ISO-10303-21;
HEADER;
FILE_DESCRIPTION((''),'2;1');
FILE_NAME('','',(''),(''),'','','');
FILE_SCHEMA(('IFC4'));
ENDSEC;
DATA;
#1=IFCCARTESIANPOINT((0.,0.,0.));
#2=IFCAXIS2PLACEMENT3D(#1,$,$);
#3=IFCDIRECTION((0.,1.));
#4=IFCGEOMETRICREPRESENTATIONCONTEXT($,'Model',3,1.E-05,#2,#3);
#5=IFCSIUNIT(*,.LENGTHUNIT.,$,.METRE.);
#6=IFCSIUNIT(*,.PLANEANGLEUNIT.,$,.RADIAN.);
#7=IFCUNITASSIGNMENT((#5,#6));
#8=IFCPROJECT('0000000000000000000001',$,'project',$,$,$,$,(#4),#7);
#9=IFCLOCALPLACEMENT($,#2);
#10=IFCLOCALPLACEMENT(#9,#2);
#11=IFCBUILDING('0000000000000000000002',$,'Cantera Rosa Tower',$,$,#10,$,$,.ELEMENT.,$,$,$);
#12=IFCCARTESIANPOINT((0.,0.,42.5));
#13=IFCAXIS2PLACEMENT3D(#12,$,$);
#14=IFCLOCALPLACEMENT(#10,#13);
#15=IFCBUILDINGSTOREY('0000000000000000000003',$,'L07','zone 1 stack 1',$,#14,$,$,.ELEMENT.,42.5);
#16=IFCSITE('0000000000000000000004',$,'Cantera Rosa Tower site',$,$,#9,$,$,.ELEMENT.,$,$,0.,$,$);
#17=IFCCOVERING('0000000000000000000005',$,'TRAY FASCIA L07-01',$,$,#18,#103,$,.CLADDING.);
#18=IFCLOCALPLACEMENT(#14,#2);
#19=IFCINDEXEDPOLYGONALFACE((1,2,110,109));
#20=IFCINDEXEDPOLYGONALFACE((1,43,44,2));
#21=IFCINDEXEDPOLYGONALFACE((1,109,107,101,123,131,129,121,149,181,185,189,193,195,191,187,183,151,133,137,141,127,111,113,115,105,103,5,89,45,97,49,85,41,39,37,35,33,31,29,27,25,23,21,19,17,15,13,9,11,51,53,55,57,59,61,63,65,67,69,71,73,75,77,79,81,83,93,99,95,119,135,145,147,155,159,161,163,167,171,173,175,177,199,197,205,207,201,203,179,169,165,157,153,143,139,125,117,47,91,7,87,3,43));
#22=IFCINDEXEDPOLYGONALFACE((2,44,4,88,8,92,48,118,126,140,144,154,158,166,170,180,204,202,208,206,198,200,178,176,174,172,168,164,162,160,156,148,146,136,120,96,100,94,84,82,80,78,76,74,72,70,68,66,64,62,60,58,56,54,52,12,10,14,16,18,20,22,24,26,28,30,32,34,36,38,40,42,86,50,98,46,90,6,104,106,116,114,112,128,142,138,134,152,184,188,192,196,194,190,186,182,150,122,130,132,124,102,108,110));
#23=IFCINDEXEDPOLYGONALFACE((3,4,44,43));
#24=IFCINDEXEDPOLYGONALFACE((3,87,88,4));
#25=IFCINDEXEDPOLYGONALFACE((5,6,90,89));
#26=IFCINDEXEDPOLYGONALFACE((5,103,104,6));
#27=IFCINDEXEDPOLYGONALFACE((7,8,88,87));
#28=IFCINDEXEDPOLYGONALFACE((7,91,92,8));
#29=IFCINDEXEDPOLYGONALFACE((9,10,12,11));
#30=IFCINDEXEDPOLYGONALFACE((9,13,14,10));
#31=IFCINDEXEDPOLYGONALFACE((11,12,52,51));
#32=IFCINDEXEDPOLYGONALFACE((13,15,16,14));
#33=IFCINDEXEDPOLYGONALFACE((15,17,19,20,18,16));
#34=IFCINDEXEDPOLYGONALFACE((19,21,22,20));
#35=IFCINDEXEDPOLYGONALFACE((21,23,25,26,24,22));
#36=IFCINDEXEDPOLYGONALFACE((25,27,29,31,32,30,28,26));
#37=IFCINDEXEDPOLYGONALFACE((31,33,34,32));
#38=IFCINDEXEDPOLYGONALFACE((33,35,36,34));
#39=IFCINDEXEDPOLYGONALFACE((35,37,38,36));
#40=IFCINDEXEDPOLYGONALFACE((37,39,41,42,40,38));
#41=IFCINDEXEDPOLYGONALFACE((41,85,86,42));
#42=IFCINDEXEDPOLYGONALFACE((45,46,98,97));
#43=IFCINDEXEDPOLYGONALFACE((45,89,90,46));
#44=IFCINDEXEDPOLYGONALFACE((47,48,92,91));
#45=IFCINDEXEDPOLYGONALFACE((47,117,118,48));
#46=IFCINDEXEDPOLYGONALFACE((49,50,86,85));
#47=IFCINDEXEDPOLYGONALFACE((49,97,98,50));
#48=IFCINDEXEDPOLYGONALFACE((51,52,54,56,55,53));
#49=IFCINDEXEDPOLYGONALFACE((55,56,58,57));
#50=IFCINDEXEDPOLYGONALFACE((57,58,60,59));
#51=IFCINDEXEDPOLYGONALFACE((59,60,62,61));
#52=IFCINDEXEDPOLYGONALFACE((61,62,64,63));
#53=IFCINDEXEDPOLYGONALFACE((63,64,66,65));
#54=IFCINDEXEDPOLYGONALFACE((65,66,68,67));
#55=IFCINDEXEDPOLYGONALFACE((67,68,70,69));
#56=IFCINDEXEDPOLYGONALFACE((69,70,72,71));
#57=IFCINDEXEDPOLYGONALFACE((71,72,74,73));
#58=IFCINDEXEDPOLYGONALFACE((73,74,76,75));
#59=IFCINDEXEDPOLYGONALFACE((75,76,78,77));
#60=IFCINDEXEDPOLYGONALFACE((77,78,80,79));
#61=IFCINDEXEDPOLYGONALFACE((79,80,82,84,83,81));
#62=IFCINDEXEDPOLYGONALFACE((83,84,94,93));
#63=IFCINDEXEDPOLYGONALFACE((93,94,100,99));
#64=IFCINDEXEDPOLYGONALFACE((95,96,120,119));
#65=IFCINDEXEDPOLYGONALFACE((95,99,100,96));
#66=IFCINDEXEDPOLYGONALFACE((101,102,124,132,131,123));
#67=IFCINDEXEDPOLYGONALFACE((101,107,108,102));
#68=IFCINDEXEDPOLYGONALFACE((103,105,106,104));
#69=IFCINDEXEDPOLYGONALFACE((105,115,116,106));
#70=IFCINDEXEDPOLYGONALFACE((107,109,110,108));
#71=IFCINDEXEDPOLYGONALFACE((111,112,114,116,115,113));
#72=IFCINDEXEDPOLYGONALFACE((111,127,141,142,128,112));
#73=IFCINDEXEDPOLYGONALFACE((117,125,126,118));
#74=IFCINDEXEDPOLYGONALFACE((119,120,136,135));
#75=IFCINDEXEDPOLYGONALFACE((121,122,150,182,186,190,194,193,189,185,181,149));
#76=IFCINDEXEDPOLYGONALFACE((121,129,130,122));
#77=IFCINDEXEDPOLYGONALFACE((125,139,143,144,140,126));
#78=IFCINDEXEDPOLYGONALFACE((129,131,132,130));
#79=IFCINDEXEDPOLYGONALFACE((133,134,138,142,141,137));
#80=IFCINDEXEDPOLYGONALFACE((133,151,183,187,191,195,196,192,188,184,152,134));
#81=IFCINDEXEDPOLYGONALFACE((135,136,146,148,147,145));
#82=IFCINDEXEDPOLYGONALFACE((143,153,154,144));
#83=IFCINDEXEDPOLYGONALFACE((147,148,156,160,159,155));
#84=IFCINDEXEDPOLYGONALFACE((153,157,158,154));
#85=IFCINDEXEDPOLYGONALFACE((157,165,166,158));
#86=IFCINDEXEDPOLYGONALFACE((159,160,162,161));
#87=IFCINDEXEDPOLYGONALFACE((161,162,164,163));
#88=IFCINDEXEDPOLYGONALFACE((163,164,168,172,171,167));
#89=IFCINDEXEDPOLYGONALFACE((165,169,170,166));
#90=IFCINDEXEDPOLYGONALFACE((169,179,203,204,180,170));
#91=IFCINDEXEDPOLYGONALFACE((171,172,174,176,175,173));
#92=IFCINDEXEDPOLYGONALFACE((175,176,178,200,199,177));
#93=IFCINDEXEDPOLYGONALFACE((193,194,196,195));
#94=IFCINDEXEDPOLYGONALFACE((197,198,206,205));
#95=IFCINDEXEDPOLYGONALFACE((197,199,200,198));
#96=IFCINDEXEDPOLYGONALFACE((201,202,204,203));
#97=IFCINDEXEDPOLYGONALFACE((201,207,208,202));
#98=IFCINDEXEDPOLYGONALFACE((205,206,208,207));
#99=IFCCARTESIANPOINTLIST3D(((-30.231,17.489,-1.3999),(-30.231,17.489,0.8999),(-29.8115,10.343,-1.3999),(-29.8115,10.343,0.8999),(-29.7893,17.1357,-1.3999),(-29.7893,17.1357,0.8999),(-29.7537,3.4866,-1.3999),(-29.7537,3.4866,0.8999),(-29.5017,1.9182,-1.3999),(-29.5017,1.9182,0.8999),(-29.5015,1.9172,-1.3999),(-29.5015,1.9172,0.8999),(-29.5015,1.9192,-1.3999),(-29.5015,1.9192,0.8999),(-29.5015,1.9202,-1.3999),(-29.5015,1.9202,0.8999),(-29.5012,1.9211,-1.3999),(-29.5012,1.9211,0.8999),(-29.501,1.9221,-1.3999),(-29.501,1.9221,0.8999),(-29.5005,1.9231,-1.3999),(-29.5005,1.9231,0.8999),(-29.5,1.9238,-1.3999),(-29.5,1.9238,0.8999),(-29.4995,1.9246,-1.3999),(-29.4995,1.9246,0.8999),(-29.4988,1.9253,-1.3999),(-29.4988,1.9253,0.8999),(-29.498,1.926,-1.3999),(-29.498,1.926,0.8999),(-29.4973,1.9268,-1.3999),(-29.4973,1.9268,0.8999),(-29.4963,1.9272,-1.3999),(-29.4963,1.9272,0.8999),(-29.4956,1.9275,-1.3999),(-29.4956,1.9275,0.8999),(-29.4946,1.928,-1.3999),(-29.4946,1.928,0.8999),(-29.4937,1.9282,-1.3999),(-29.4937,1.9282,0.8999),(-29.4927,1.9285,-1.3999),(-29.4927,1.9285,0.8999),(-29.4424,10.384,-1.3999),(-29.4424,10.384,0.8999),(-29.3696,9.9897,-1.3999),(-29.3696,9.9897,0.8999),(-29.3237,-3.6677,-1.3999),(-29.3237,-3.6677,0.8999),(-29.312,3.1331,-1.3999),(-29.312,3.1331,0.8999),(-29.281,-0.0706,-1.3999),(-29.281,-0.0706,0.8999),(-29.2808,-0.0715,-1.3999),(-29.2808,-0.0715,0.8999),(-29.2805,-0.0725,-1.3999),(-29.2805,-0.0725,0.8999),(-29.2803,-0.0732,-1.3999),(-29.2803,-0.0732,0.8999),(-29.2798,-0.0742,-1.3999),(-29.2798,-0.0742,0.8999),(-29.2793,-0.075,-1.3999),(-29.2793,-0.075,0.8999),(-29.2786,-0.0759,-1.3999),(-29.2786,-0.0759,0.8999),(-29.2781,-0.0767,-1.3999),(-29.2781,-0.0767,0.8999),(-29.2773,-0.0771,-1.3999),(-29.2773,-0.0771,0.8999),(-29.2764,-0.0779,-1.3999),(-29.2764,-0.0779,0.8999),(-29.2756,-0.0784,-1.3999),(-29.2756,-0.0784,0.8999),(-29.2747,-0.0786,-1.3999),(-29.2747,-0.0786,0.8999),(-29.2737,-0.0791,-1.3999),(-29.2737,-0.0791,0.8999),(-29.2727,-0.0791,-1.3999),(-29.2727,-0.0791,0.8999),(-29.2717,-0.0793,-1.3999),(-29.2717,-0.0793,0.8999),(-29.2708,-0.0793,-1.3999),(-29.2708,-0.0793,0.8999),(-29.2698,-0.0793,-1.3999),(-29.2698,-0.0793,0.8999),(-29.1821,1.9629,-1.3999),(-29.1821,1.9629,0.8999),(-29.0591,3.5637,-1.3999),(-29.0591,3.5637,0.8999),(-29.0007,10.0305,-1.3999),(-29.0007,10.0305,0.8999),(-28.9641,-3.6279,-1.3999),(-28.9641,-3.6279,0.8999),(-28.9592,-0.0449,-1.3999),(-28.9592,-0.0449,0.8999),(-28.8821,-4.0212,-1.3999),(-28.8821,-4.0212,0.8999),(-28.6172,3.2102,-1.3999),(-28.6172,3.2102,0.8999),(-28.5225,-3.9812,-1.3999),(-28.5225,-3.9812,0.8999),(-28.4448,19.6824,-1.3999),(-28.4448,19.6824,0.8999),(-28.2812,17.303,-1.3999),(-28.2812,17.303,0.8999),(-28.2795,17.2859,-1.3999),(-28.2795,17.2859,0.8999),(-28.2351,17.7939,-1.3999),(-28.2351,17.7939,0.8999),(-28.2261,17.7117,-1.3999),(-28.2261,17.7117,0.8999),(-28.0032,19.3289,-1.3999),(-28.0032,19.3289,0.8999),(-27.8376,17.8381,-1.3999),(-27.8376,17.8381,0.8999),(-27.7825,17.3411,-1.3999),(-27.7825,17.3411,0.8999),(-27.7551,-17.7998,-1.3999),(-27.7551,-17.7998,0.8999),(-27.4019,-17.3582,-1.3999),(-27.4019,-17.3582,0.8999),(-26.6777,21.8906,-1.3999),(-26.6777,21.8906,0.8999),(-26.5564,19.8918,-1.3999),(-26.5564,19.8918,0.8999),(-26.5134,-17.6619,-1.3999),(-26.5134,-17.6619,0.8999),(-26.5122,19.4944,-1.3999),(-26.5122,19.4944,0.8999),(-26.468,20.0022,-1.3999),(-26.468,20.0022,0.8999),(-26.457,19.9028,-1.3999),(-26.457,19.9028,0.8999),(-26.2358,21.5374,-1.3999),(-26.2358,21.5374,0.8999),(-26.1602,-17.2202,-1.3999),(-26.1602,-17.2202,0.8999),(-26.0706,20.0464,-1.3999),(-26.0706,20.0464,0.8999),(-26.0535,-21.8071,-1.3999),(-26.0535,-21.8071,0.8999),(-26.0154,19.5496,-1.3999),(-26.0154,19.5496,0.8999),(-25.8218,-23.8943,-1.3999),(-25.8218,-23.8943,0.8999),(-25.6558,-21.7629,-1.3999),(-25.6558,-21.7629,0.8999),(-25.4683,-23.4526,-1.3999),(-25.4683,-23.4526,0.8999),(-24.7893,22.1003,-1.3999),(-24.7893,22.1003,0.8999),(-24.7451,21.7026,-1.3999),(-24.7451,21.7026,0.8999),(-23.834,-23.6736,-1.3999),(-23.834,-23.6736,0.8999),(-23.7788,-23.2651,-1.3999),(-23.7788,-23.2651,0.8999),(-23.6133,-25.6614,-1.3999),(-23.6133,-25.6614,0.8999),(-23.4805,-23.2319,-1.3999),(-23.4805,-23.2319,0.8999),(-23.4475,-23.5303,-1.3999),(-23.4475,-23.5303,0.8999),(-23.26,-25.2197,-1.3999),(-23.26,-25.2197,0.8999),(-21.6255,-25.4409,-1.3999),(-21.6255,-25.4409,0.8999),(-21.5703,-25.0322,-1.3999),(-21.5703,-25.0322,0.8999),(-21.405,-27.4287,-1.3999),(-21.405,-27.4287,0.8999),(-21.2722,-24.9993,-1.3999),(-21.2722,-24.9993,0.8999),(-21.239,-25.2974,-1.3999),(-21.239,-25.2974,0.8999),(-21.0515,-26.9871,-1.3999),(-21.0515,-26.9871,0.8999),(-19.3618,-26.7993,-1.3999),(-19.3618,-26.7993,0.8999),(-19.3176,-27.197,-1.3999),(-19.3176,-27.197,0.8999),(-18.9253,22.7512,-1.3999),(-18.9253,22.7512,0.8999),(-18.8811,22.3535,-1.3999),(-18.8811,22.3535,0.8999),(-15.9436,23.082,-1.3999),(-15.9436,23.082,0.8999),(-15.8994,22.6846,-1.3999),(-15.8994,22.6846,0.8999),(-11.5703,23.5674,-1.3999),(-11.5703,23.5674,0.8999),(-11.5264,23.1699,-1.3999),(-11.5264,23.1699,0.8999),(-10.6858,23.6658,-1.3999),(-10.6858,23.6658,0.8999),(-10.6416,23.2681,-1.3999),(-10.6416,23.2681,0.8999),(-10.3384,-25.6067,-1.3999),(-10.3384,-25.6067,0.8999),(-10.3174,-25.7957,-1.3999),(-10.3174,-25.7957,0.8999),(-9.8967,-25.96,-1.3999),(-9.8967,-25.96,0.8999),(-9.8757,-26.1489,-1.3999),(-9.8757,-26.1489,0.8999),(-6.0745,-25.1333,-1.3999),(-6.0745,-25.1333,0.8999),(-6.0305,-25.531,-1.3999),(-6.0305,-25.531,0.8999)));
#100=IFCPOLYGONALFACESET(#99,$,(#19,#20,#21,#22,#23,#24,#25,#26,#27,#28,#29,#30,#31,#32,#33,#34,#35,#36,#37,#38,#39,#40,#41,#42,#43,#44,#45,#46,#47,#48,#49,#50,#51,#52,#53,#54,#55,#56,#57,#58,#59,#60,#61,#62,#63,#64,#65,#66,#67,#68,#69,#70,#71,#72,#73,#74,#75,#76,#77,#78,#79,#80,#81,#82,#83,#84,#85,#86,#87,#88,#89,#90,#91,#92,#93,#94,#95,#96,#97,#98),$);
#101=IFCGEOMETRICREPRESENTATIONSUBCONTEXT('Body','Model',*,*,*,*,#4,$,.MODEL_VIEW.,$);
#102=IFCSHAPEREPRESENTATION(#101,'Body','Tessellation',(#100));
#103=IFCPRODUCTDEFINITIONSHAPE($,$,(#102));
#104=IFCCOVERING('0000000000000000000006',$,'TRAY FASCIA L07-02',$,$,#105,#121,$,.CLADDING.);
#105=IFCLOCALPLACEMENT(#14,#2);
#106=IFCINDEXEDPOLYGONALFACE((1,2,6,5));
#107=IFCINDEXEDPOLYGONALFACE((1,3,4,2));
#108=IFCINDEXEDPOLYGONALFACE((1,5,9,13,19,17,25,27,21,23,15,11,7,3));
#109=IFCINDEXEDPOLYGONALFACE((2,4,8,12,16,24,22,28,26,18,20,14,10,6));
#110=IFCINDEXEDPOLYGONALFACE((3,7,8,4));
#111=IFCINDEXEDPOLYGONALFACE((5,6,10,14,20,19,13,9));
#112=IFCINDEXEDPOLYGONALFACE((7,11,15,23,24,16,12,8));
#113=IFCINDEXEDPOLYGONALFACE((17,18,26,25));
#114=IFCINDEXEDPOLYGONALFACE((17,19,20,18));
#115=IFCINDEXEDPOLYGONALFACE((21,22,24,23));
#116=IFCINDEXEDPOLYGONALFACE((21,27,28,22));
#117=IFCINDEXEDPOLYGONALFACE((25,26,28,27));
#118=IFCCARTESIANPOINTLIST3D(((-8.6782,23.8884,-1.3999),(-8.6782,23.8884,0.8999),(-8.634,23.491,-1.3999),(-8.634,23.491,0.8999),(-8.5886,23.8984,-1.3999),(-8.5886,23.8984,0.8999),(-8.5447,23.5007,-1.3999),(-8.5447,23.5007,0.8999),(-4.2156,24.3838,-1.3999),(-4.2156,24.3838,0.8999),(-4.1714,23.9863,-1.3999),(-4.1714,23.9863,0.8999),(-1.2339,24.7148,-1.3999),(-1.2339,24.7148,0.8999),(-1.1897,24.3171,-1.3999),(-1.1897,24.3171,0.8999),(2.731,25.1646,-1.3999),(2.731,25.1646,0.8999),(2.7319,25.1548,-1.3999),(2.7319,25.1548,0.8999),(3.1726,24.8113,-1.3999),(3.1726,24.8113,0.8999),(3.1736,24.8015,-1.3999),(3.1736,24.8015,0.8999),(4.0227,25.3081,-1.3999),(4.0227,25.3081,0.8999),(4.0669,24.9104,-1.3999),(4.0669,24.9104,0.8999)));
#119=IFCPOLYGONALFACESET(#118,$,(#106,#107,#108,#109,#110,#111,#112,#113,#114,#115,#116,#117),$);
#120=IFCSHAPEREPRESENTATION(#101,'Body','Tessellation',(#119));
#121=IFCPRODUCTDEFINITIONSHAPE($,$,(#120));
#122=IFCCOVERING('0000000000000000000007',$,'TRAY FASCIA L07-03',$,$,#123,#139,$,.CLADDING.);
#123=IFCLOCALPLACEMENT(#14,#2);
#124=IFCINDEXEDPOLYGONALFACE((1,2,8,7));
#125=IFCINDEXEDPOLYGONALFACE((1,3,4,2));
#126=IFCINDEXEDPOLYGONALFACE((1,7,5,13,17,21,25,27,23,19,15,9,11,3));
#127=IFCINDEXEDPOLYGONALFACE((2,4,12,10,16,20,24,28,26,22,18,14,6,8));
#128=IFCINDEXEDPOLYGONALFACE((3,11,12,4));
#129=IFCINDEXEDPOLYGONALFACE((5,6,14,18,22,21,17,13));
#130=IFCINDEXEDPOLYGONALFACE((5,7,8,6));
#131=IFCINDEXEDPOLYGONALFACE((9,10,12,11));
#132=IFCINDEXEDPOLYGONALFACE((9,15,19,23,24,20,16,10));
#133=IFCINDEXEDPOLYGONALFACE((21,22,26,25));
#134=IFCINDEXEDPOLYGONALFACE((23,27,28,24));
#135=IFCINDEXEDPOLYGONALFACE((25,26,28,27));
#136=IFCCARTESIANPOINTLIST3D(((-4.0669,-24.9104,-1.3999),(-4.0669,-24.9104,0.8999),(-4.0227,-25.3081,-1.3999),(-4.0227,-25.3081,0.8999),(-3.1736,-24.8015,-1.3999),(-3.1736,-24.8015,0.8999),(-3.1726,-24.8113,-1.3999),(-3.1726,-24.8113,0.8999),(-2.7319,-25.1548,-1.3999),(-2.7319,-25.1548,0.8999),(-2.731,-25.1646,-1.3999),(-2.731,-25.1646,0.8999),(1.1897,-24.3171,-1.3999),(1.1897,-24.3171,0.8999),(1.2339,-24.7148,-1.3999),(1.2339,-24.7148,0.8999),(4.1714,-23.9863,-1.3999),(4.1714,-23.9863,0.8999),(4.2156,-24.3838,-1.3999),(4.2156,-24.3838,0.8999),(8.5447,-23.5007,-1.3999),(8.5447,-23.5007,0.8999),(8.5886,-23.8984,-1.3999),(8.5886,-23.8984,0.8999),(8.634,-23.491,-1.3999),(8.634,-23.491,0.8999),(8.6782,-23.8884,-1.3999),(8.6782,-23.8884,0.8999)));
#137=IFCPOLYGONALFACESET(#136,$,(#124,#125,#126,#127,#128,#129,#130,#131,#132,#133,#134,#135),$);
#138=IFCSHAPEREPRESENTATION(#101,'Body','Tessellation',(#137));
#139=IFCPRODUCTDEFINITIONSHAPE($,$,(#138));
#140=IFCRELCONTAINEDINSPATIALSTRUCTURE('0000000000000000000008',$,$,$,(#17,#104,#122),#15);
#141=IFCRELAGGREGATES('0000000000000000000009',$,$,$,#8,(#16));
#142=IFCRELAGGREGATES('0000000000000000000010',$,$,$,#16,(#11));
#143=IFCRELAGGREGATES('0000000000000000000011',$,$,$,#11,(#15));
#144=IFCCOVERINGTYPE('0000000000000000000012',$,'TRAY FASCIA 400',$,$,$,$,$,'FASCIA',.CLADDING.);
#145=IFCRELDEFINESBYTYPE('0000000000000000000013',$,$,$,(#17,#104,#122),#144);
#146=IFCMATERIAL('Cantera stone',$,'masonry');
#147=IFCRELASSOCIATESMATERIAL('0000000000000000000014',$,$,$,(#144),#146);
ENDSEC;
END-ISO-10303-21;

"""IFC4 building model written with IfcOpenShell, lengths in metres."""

from ifc_helpers import new_model, si_unit, direction, frame, origin, place, context, subcontext, project, spatial, polyline, outline, extrude, material, type_object, element, save


model = new_model("IFC4")

# Units and contexts
model_context = context("Model", 3, precision=1e-05, world=origin(), true_north=direction((0.0, 1.0)))
body_context = subcontext(model_context, "Body", "Model", "MODEL_VIEW")
ifc_project = project(units=[si_unit("LENGTHUNIT", "METRE"), si_unit("PLANEANGLEUNIT", "RADIAN")], contexts=[model_context])

# Site, building, storey
site_placement = place(None, origin())
site = spatial("IfcSite", under=ifc_project, at=site_placement, Name="Cantera Rosa Tower site", CompositionType="ELEMENT", RefElevation=0.0)
building_placement = place(site_placement, origin())
building = spatial("IfcBuilding", under=site, at=building_placement, Name="Cantera Rosa Tower", CompositionType="ELEMENT")
storey_placement = place(building_placement, frame((0.0, 0.0, 42.5)))
storey = spatial("IfcBuildingStorey", under=building, at=storey_placement, Name="L07", Description="zone 1 stack 1", CompositionType="ELEMENT", Elevation=42.5)

# Coverings
ifc_material_1 = material(Name="Cantera stone", Category="masonry")
covering_type_1 = type_object("IfcCoveringType", Name="TRAY FASCIA 400", ElementType="FASCIA", PredefinedType="CLADDING", material=ifc_material_1)
covering_1_placement = place(storey_placement, frame((0.0, 0.0, -1.3999)))
element("IfcCovering", 1, at=covering_1_placement, inside=storey, type_object=covering_type_1, Name="TRAY FASCIA L07-01", PredefinedType="CLADDING", context=body_context, shape_type="SweptSolid", body=[
    extrude(outline(polyline([(-28.2261, 17.7117), (-28.2351, 17.7939), (-28.4448, 19.6824), (-26.5564, 19.8918), (-26.457, 19.9028), (-26.468, 20.0022), (-26.6777, 21.8906), (-24.7893, 22.1003), (-18.9253, 22.7512), (-15.9436, 23.082), (-11.5703, 23.5674), (-10.6858, 23.6658), (-10.6416, 23.2681), (-11.5264, 23.1699), (-15.8994, 22.6846), (-18.8811, 22.3535), (-24.7451, 21.7026), (-26.2358, 21.5374), (-26.0706, 20.0464), (-26.0154, 19.5496), (-26.5122, 19.4944), (-28.0032, 19.3289), (-27.8376, 17.8381), (-27.7825, 17.3411), (-28.2795, 17.2859), (-28.2812, 17.303), (-29.7893, 17.1357), (-29.0007, 10.0305), (-29.3696, 9.9897), (-28.6172, 3.2102), (-29.312, 3.1331), (-29.1821, 1.9629), (-29.4927, 1.9285), (-29.4937, 1.9282), (-29.4946, 1.928), (-29.4956, 1.9275), (-29.4963, 1.9272), (-29.4973, 1.9268), (-29.498, 1.926), (-29.4988, 1.9253), (-29.4995, 1.9246), (-29.5, 1.9238), (-29.5005, 1.9231), (-29.501, 1.9221), (-29.5012, 1.9211), (-29.5015, 1.9202), (-29.5015, 1.9192), (-29.5017, 1.9182), (-29.5015, 1.9172), (-29.281, -0.0706), (-29.2808, -0.0715), (-29.2805, -0.0725), (-29.2803, -0.0732), (-29.2798, -0.0742), (-29.2793, -0.075), (-29.2786, -0.0759), (-29.2781, -0.0767), (-29.2773, -0.0771), (-29.2764, -0.0779), (-29.2756, -0.0784), (-29.2747, -0.0786), (-29.2737, -0.0791), (-29.2727, -0.0791), (-29.2717, -0.0793), (-29.2708, -0.0793), (-29.2698, -0.0793), (-28.9592, -0.0449), (-28.5225, -3.9812), (-28.8821, -4.0212), (-27.4019, -17.3582), (-26.1602, -17.2202), (-25.6558, -21.7629), (-25.4683, -23.4526), (-23.7788, -23.2651), (-23.4805, -23.2319), (-23.4475, -23.5303), (-23.26, -25.2197), (-21.5703, -25.0322), (-21.2722, -24.9993), (-21.239, -25.2974), (-21.0515, -26.9871), (-19.3618, -26.7993), (-10.3174, -25.7957), (-10.3384, -25.6067), (-6.0745, -25.1333), (-6.0305, -25.531), (-9.8967, -25.96), (-9.8757, -26.1489), (-19.3176, -27.197), (-21.405, -27.4287), (-21.6255, -25.4409), (-23.6133, -25.6614), (-23.834, -23.6736), (-25.8218, -23.8943), (-26.0535, -21.8071), (-26.5134, -17.6619), (-27.7551, -17.7998), (-29.3237, -3.6677), (-28.9641, -3.6279), (-29.7537, 3.4866), (-29.0591, 3.5637), (-29.8115, 10.343), (-29.4424, 10.384), (-30.231, 17.489), (-28.2261, 17.7117)])), origin(), (0.0, 0.0, 1.0), 2.2998),
])
covering_2_placement = place(storey_placement, frame((0.0, 0.0, -1.3999)))
element("IfcCovering", 2, at=covering_2_placement, inside=storey, type_object=covering_type_1, Name="TRAY FASCIA L07-02", PredefinedType="CLADDING", context=body_context, shape_type="SweptSolid", body=[
    extrude(outline(polyline([(-8.5886, 23.8984), (-4.2156, 24.3838), (-1.2339, 24.7148), (2.7319, 25.1548), (2.731, 25.1646), (4.0227, 25.3081), (4.0669, 24.9104), (3.1726, 24.8113), (3.1736, 24.8015), (-1.1897, 24.3171), (-4.1714, 23.9863), (-8.5447, 23.5007), (-8.634, 23.491), (-8.6782, 23.8884), (-8.5886, 23.8984)])), origin(), (0.0, 0.0, 1.0), 2.2998),
])
covering_3_placement = place(storey_placement, frame((0.0, 0.0, -1.3999)))
element("IfcCovering", 3, at=covering_3_placement, inside=storey, type_object=covering_type_1, Name="TRAY FASCIA L07-03", PredefinedType="CLADDING", context=body_context, shape_type="SweptSolid", body=[
    extrude(outline(polyline([(8.5886, -23.8984), (4.2156, -24.3838), (1.2339, -24.7148), (-2.7319, -25.1548), (-2.731, -25.1646), (-4.0227, -25.3081), (-4.0669, -24.9104), (-3.1726, -24.8113), (-3.1736, -24.8015), (1.1897, -24.3171), (4.1714, -23.9863), (8.5447, -23.5007), (8.634, -23.491), (8.6782, -23.8884), (8.5886, -23.8984)])), origin(), (0.0, 0.0, 1.0), 2.2998),
])

save(model, "model.ifc")
